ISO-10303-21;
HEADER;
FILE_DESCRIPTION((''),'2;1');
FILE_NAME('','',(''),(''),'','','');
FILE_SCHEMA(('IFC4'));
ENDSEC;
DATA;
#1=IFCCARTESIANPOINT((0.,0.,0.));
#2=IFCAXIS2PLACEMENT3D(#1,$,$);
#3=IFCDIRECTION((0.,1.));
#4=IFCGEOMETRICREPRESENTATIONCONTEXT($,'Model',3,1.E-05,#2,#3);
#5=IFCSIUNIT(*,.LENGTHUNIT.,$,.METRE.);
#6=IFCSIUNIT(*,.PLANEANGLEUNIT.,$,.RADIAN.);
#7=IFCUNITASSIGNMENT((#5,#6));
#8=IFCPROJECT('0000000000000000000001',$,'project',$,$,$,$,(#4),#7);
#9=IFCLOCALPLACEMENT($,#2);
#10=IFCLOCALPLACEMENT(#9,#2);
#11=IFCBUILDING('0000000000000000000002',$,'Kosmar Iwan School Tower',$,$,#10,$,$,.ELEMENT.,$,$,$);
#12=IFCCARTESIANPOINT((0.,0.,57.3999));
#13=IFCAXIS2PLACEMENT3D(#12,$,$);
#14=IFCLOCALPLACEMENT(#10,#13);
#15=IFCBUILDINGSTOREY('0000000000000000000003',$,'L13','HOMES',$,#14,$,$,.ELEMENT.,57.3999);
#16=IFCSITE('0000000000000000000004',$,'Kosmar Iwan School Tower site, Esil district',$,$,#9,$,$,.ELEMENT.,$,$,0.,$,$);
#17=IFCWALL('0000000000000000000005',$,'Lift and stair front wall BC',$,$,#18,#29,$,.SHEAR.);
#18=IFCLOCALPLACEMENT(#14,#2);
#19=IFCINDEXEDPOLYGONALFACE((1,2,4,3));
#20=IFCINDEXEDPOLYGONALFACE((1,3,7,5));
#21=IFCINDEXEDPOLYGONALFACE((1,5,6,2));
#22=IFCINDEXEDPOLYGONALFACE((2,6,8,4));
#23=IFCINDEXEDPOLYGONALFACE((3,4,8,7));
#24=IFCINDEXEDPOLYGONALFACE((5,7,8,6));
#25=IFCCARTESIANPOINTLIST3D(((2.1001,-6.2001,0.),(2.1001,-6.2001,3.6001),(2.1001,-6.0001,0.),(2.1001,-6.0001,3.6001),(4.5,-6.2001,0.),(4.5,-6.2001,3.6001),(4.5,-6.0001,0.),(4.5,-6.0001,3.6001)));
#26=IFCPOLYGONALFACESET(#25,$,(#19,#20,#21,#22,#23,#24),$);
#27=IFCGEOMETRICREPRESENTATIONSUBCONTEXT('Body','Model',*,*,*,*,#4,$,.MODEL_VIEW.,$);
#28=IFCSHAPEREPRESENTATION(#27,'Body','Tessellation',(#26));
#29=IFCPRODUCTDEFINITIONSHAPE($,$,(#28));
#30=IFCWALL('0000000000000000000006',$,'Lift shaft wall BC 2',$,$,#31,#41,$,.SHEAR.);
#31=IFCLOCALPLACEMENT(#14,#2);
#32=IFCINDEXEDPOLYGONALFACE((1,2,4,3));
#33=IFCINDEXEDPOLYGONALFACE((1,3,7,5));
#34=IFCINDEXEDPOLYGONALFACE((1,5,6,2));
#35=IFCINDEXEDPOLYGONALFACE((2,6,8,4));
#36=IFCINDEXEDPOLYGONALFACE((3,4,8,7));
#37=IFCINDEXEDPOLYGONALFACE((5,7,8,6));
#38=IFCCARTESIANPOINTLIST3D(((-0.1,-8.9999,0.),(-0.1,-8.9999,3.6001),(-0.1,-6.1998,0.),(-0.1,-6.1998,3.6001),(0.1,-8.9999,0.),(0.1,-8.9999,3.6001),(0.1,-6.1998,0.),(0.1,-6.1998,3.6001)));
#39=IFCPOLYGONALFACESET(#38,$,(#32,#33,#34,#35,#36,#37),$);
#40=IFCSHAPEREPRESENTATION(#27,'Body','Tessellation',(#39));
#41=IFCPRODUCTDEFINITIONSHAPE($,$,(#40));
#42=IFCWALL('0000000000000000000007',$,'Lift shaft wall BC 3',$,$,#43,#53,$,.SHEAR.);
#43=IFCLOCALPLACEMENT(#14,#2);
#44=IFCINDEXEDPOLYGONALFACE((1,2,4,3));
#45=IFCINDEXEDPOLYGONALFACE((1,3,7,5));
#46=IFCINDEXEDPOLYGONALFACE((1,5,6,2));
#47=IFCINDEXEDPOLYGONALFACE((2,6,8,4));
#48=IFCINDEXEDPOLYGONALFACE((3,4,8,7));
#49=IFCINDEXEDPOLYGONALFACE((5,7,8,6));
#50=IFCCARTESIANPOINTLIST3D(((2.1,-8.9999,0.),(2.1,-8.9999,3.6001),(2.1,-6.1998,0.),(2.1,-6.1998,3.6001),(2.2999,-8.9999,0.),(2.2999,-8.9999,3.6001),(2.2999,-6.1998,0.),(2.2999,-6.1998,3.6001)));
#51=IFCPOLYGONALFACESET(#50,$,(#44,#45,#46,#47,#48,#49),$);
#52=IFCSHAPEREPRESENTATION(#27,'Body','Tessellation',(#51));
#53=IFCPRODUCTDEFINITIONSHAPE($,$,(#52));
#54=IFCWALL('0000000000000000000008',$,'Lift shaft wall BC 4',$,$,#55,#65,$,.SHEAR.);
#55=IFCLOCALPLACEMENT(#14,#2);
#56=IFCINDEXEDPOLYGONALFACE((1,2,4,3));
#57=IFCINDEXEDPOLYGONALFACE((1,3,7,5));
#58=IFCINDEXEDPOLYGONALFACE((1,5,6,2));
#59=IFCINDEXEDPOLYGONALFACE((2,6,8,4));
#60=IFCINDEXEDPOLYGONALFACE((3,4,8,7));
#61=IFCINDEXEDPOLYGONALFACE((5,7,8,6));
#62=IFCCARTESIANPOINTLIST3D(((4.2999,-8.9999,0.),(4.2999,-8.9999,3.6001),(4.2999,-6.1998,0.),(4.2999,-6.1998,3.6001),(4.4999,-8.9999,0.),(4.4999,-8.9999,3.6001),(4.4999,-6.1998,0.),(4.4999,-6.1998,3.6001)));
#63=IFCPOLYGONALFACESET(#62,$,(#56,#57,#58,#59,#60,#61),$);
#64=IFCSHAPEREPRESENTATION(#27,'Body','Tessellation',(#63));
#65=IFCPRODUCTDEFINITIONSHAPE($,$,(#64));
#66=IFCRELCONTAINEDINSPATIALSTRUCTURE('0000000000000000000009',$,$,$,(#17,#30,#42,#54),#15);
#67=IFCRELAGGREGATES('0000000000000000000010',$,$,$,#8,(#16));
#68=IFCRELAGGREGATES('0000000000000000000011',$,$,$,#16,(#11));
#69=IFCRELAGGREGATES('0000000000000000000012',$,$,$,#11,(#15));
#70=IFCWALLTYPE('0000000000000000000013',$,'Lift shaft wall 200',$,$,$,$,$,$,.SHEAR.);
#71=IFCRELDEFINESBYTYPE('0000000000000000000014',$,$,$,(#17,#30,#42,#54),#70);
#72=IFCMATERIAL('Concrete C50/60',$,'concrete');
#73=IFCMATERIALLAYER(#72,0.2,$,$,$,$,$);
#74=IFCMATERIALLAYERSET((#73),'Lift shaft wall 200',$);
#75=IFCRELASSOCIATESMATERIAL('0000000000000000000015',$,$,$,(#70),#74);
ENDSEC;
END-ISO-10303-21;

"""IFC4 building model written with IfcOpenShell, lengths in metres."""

from ifc_helpers import new_model, si_unit, direction, frame, frame_2d, origin, place, context, subcontext, project, spatial, rectangle, extrude, material, layer, layer_set, type_object, element, save


model = new_model("IFC4")

# Units and contexts
model_context = context("Model", 3, precision=1e-05, world=origin(), true_north=direction((0.0, 1.0)))
body_context = subcontext(model_context, "Body", "Model", "MODEL_VIEW")
ifc_project = project(units=[si_unit("LENGTHUNIT", "METRE"), si_unit("PLANEANGLEUNIT", "RADIAN")], contexts=[model_context])

# Site, building, storey
site_placement = place(None, origin())
site = spatial("IfcSite", under=ifc_project, at=site_placement, Name="Kosmar Iwan School Tower site, Esil district", CompositionType="ELEMENT", RefElevation=0.0)
building_placement = place(site_placement, origin())
building = spatial("IfcBuilding", under=site, at=building_placement, Name="Kosmar Iwan School Tower", CompositionType="ELEMENT")
storey_placement = place(building_placement, frame((0.0, 0.0, 57.3999)))
storey = spatial("IfcBuildingStorey", under=building, at=storey_placement, Name="L13", Description="HOMES", CompositionType="ELEMENT", Elevation=57.3999)

# Walls
ifc_material_1 = material(Name="Concrete C50/60", Category="concrete")
ifc_layer_1 = layer(ifc_material_1, 0.2)
ifc_layer_set_1 = layer_set([ifc_layer_1], Name="Lift shaft wall 200")
wall_type_1 = type_object("IfcWallType", Name="Lift shaft wall 200", PredefinedType="SHEAR", material=ifc_layer_set_1)
wall_1_placement = place(storey_placement, frame((2.1001, -6.1001, 0.0), z_axis=(0.0, 0.0, 1.0), x_axis=(1.0, 0.0, 0.0)))
element("IfcWall", 1, at=wall_1_placement, inside=storey, type_object=wall_type_1, Name="Lift and stair front wall BC", PredefinedType="SHEAR", context=body_context, shape_type="SweptSolid", body=[
    extrude(rectangle(XDim=2.3999, YDim=0.2, at=frame_2d((1.2, 0.0))), origin(), (0.0, 0.0, 1.0), 3.6001),
])
for number, where, z_axis, x_axis, name in (
    (2, (0.0, -6.2, 0.0), (0.0, 0.0, 1.0), (0.0, -1.0, 0.0), "Lift shaft wall BC 2"),
    (3, (2.2, -6.2, 0.0), (0.0, 0.0, 1.0), (0.0, -1.0, 0.0), "Lift shaft wall BC 3"),
    (4, (4.3999, -6.2, 0.0), (0.0, 0.0, 1.0), (0.0, -1.0, 0.0), "Lift shaft wall BC 4"),
):
    element("IfcWall", number, at=place(storey_placement, frame(where, z_axis=z_axis, x_axis=x_axis)), inside=storey, type_object=wall_type_1, Name=name, PredefinedType="SHEAR", context=body_context, shape_type="SweptSolid", body=[
        extrude(rectangle(XDim=2.8, YDim=0.2, at=frame_2d((1.3999, 0.0))), origin(), (0.0, 0.0, 1.0), 3.6001),
    ])

save(model, "model.ifc")
